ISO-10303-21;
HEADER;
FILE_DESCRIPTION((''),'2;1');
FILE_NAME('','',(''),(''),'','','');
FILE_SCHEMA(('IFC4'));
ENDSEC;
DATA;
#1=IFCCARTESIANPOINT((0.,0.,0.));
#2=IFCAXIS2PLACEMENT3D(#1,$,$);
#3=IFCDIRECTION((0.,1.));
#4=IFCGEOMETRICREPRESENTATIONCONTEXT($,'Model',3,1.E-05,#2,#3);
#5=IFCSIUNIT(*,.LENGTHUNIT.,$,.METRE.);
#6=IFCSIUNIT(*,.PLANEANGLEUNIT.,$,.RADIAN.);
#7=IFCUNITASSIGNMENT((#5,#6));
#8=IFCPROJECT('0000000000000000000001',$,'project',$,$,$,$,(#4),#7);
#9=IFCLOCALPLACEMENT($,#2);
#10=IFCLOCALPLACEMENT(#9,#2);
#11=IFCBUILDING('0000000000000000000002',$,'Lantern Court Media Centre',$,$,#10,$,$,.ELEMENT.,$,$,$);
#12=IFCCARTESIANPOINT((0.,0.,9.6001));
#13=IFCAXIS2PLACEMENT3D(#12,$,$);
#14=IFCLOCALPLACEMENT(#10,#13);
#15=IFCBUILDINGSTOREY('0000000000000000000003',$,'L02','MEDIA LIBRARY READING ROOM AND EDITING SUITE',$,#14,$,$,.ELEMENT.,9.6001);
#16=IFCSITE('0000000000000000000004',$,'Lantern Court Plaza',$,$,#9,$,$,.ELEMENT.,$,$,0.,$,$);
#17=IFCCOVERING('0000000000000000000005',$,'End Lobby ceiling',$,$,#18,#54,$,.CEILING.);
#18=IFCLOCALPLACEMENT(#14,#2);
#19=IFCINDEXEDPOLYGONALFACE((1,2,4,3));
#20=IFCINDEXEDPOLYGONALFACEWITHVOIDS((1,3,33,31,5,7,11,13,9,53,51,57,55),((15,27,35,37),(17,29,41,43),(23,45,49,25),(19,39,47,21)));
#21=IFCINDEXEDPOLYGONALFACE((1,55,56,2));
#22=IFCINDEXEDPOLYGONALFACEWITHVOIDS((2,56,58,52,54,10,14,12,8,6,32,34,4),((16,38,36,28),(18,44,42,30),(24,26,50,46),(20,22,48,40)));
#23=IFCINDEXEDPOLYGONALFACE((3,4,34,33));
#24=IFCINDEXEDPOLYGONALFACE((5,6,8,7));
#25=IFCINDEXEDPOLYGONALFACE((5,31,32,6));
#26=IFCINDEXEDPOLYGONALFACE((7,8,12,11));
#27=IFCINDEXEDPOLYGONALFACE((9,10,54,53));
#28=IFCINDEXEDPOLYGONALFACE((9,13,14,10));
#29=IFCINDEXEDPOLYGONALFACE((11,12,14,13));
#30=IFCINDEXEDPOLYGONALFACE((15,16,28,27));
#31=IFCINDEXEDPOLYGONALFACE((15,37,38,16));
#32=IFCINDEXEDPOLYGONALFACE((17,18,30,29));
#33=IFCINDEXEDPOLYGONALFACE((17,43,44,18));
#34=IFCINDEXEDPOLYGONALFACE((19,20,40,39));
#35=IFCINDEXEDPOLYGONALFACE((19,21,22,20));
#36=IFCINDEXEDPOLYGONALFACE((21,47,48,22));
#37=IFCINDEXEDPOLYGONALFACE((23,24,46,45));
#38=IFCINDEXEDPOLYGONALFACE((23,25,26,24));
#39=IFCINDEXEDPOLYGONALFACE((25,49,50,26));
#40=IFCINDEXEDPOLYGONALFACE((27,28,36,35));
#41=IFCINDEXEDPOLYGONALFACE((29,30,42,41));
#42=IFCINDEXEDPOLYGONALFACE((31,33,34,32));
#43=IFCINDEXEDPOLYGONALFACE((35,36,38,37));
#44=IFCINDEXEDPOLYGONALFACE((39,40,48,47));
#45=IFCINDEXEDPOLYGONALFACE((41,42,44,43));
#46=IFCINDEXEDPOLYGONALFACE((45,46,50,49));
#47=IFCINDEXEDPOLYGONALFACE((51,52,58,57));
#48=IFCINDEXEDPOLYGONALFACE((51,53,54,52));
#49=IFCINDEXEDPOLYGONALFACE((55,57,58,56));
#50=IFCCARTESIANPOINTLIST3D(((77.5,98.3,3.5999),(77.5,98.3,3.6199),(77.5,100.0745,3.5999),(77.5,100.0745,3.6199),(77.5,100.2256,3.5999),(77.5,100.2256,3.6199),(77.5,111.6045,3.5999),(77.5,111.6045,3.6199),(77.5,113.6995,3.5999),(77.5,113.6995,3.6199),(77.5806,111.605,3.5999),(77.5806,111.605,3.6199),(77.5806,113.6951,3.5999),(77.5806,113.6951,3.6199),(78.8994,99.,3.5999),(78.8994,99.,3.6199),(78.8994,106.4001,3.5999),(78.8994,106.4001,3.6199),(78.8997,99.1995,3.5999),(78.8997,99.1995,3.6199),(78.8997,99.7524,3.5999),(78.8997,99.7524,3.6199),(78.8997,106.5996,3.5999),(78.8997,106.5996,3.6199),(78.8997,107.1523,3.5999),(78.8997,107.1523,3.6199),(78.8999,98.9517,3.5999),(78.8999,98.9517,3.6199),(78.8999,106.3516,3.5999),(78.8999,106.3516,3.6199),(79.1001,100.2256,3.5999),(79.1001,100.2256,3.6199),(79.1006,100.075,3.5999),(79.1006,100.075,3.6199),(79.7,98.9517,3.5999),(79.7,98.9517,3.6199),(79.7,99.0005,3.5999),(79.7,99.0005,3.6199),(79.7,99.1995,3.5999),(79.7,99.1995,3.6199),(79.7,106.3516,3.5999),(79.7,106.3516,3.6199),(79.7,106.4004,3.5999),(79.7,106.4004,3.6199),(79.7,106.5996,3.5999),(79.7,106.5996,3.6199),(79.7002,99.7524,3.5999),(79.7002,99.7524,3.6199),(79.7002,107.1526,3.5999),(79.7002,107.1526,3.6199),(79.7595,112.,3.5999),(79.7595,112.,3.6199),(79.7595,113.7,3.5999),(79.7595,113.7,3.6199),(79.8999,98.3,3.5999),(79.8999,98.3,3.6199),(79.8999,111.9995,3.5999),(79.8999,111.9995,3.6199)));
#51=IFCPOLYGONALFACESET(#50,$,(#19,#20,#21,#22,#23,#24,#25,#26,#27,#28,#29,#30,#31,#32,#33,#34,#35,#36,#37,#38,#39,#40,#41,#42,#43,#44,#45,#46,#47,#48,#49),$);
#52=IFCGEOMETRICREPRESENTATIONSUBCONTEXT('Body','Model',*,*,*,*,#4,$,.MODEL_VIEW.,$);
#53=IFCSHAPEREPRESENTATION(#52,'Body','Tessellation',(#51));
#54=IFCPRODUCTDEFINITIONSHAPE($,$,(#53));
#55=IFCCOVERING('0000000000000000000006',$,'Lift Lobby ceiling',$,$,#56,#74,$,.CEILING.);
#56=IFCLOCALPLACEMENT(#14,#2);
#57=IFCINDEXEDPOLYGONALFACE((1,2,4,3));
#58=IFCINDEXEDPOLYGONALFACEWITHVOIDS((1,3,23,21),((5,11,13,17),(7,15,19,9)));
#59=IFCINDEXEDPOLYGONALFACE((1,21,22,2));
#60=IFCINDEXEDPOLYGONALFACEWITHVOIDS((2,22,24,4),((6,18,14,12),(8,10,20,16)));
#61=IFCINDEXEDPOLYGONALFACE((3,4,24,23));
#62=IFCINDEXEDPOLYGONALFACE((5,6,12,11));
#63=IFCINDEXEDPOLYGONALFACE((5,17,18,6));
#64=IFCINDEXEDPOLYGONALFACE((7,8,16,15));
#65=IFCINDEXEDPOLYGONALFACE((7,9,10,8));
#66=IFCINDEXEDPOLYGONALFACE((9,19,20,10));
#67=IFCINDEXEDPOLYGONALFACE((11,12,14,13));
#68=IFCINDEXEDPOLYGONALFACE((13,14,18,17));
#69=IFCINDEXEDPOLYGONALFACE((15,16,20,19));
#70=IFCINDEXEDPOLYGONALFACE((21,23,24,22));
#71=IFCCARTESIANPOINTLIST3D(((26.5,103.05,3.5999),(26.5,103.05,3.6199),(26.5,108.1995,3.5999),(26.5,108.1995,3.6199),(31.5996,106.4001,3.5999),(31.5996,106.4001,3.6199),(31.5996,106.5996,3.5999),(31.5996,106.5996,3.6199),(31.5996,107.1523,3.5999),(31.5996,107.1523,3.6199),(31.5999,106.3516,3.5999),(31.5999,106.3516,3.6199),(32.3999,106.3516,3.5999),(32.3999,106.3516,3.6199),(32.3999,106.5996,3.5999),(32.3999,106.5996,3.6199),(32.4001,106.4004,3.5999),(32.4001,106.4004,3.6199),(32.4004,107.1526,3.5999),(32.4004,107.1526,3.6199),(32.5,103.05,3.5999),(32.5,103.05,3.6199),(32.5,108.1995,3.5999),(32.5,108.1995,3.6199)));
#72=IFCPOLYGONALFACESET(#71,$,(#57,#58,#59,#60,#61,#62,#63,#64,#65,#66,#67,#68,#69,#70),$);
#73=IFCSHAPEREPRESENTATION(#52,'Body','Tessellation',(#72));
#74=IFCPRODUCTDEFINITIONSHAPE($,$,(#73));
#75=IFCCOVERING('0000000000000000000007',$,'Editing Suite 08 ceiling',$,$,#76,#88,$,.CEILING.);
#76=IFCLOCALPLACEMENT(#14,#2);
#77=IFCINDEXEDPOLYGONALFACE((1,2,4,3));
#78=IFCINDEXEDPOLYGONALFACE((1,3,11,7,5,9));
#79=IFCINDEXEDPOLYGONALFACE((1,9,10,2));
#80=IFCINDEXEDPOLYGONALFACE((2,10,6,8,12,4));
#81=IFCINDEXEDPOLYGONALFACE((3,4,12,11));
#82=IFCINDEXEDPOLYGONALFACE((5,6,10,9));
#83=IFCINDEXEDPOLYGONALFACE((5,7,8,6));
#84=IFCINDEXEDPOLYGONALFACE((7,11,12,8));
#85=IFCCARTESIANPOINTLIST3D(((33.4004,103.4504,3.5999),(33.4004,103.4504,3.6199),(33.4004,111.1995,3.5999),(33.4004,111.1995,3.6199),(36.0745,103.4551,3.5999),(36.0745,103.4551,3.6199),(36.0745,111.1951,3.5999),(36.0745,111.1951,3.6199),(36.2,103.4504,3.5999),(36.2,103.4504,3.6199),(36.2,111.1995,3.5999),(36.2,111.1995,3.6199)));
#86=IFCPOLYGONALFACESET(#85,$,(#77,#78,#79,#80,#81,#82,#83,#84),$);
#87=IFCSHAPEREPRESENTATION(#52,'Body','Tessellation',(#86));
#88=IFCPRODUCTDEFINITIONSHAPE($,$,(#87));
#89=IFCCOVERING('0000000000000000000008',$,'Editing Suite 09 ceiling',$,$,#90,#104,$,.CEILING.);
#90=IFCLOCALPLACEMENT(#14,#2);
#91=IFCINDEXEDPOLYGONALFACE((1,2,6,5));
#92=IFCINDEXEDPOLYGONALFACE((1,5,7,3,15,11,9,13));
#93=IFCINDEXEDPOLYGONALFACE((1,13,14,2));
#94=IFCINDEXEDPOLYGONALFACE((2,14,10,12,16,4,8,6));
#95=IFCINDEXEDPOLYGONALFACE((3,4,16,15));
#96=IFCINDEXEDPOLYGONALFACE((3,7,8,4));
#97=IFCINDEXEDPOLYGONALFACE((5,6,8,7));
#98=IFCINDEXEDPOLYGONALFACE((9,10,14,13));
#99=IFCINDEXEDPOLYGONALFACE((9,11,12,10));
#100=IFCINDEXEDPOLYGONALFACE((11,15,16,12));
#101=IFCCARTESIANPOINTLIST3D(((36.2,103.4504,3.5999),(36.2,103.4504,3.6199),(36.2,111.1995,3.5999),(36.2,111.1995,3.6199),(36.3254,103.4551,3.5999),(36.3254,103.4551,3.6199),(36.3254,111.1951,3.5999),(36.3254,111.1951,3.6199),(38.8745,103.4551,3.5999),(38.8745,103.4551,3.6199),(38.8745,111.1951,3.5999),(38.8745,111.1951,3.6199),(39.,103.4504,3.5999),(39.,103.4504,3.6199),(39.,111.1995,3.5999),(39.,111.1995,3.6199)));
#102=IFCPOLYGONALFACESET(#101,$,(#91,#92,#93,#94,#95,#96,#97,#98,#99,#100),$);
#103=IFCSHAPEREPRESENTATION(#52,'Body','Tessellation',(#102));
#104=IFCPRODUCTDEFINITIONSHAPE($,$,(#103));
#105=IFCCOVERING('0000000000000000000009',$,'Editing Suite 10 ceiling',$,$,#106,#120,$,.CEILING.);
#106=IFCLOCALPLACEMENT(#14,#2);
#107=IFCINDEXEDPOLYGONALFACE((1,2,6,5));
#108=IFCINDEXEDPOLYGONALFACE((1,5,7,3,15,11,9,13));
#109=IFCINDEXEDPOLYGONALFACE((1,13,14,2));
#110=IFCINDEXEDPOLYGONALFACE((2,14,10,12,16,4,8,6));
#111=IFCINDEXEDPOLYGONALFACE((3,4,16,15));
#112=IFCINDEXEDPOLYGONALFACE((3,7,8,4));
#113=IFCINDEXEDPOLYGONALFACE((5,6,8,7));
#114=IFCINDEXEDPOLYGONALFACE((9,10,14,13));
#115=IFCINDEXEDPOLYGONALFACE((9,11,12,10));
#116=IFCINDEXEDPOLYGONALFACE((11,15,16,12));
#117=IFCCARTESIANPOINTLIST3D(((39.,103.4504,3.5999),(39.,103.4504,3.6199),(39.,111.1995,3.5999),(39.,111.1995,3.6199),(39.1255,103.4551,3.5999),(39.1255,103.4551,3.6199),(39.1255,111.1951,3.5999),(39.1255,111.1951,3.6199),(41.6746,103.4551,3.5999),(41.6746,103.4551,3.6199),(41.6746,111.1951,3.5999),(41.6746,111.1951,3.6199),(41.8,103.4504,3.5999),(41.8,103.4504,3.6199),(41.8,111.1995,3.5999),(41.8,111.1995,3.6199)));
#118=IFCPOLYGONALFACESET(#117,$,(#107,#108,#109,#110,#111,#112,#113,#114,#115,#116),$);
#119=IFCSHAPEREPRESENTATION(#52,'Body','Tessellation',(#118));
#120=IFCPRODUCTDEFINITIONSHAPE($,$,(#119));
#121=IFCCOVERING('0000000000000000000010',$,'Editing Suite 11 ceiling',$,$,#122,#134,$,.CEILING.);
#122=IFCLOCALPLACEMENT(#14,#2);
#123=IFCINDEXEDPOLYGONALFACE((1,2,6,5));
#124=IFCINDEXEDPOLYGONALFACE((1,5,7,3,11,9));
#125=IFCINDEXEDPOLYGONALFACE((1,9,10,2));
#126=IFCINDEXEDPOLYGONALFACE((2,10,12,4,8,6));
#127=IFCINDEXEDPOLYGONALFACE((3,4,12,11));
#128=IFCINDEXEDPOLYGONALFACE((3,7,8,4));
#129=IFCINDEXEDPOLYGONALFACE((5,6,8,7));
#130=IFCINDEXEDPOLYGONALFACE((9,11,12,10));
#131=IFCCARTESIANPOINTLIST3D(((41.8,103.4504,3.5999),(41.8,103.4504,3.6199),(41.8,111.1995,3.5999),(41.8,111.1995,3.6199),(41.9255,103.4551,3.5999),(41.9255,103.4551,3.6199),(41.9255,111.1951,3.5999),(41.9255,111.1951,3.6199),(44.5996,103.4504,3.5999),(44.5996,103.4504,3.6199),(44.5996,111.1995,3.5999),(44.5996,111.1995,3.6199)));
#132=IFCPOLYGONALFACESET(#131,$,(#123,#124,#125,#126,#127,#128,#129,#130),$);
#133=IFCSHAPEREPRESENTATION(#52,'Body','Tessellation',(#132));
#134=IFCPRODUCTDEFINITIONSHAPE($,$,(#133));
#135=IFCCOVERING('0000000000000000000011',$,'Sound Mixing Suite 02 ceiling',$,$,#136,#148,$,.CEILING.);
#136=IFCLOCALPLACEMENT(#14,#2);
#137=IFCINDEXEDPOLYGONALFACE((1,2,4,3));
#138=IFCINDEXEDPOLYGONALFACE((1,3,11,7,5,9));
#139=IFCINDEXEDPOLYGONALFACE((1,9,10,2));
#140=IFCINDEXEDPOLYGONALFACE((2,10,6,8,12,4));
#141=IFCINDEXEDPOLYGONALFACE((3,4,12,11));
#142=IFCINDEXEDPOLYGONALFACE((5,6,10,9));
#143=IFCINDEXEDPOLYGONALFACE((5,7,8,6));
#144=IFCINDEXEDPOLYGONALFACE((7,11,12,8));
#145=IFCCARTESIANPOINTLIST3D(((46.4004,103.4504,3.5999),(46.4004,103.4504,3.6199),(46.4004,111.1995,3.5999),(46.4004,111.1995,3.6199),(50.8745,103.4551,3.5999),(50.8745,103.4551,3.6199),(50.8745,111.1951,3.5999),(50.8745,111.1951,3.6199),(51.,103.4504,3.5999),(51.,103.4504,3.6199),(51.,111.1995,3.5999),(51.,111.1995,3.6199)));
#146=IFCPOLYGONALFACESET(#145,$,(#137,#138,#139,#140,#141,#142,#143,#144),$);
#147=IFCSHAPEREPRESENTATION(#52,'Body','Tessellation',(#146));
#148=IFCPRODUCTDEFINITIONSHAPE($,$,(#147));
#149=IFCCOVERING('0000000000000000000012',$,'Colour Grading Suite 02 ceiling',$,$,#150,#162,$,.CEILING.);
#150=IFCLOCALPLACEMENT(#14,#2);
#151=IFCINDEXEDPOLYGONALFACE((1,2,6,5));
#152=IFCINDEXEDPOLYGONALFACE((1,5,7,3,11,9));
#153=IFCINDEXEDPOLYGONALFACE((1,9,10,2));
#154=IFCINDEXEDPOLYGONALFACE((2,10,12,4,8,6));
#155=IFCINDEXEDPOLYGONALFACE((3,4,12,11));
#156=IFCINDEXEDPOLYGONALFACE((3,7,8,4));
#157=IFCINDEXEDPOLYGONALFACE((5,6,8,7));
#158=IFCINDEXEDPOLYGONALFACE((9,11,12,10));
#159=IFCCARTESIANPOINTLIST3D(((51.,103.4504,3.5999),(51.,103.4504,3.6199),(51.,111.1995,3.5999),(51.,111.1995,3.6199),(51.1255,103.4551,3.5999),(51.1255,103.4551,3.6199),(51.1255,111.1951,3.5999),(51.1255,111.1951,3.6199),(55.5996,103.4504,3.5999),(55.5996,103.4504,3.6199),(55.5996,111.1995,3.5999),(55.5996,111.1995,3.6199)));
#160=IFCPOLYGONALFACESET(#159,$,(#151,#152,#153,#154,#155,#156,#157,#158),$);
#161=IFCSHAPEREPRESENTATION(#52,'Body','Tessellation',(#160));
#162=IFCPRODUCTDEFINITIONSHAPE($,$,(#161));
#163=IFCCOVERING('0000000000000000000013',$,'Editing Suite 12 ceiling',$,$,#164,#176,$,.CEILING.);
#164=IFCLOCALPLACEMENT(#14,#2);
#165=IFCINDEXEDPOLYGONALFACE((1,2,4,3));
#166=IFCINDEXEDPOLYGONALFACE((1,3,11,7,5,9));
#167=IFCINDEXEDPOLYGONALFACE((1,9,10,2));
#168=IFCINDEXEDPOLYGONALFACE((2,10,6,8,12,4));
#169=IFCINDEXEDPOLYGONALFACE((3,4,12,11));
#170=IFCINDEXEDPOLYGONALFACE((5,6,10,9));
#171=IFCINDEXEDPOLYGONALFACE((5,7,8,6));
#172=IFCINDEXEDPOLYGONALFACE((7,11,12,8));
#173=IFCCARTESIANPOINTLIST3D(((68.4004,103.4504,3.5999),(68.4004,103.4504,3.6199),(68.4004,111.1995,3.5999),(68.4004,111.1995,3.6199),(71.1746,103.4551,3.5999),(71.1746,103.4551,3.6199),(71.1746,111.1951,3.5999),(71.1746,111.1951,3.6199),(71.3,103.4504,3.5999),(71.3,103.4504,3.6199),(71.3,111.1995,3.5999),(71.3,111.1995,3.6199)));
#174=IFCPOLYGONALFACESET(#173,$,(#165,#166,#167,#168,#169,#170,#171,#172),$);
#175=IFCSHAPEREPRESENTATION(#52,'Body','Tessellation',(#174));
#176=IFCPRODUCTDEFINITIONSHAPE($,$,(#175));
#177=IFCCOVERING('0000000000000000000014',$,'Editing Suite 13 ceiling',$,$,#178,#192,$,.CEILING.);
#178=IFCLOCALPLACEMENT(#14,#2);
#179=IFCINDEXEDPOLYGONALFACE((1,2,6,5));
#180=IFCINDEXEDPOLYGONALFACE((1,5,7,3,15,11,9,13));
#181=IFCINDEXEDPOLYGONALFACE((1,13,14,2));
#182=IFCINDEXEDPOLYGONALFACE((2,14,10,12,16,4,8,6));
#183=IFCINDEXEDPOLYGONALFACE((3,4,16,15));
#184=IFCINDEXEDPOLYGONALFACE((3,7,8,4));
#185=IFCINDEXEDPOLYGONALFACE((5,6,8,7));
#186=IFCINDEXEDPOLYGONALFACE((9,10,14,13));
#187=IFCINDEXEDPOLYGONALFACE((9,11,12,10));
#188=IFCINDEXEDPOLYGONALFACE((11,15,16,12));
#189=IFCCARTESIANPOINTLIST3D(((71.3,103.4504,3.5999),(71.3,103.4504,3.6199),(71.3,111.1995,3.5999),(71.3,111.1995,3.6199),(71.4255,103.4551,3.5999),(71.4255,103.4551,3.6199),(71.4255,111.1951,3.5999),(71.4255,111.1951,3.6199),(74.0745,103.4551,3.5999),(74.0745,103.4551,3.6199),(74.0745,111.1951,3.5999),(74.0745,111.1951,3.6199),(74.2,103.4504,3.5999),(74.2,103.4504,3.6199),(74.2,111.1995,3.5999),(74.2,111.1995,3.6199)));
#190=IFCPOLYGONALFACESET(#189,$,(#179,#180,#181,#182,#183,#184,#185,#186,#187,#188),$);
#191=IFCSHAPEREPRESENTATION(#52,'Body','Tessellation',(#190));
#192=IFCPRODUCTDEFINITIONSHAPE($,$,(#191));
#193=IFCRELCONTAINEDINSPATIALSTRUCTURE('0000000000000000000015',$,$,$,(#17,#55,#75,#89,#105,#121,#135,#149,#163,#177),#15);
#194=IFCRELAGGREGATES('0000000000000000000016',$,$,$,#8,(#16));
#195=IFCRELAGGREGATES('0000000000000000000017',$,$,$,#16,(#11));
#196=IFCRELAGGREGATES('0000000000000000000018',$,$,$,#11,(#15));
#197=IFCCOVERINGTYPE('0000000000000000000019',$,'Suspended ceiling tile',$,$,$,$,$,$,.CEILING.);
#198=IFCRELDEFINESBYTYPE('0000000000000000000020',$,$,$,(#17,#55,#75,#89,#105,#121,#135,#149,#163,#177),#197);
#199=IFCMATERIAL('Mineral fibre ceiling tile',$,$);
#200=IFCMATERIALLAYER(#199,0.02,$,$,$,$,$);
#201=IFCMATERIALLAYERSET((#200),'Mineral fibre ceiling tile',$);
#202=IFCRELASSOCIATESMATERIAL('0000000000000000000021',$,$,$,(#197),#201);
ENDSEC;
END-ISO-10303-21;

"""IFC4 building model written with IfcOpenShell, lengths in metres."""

from ifc_helpers import new_model, si_unit, direction, frame, origin, place, context, subcontext, project, spatial, polyline, outline, extrude, material, layer, layer_set, type_object, element, save


model = new_model("IFC4")

# Units and contexts
model_context = context("Model", 3, precision=1e-05, world=origin(), true_north=direction((0.0, 1.0)))
body_context = subcontext(model_context, "Body", "Model", "MODEL_VIEW")
ifc_project = project(units=[si_unit("LENGTHUNIT", "METRE"), si_unit("PLANEANGLEUNIT", "RADIAN")], contexts=[model_context])

# Site, building, storey
site_placement = place(None, origin())
site = spatial("IfcSite", under=ifc_project, at=site_placement, Name="Lantern Court Plaza", CompositionType="ELEMENT", RefElevation=0.0)
building_placement = place(site_placement, origin())
building = spatial("IfcBuilding", under=site, at=building_placement, Name="Lantern Court Media Centre", CompositionType="ELEMENT")
storey_placement = place(building_placement, frame((0.0, 0.0, 9.6001)))
storey = spatial("IfcBuildingStorey", under=building, at=storey_placement, Name="L02", Description="MEDIA LIBRARY READING ROOM AND EDITING SUITE", CompositionType="ELEMENT", Elevation=9.6001)

# Coverings
ifc_material = material(Name="Mineral fibre ceiling tile")
ifc_layer = layer(ifc_material, 0.02)
ifc_layer_set = layer_set([ifc_layer], Name="Mineral fibre ceiling tile")
covering_type = type_object("IfcCoveringType", Name="Suspended ceiling tile", PredefinedType="CEILING", material=ifc_layer_set)
covering_1_placement = place(storey_placement, frame((0.0, 0.0, 3.5999)))
element("IfcCovering", 1, at=covering_1_placement, inside=storey, type_object=covering_type, Name="End Lobby ceiling", PredefinedType="CEILING", context=body_context, shape_type="SweptSolid", body=[
    extrude(outline(polyline([(79.8999, 98.3), (77.5, 98.3), (77.5, 100.0745), (79.1006, 100.075), (79.1001, 100.2256), (77.5, 100.2256), (77.5, 111.6045), (77.5806, 111.605), (77.5806, 113.6951), (77.5, 113.6995), (79.7595, 113.7), (79.7595, 112.0), (79.8999, 111.9995), (79.8999, 98.3)]), holes=[polyline([(79.7, 98.9517), (79.7, 99.0005), (78.8994, 99.0), (78.8999, 98.9517), (79.7, 98.9517)]), polyline([(79.7, 99.1995), (79.7002, 99.7524), (78.8997, 99.7524), (78.8997, 99.1995), (79.7, 99.1995)]), polyline([(79.7, 106.3516), (79.7, 106.4004), (78.8994, 106.4001), (78.8999, 106.3516), (79.7, 106.3516)]), polyline([(79.7, 106.5996), (79.7002, 107.1526), (78.8997, 107.1523), (78.8997, 106.5996), (79.7, 106.5996)])]), origin(), (0.0, 0.0, 1.0), 0.02),
])
covering_2_placement = place(storey_placement, frame((0.0, 0.0, 3.5999)))
element("IfcCovering", 2, at=covering_2_placement, inside=storey, type_object=covering_type, Name="Lift Lobby ceiling", PredefinedType="CEILING", context=body_context, shape_type="SweptSolid", body=[
    extrude(outline(polyline([(32.5, 103.05), (26.5, 103.05), (26.5, 108.1995), (32.5, 108.1995), (32.5, 103.05)]), holes=[polyline([(32.3999, 106.5996), (32.4004, 107.1526), (31.5996, 107.1523), (31.5996, 106.5996), (32.3999, 106.5996)]), polyline([(32.3999, 106.3516), (32.4001, 106.4004), (31.5996, 106.4001), (31.5999, 106.3516), (32.3999, 106.3516)])]), origin(), (0.0, 0.0, 1.0), 0.02),
])
covering_3_placement = place(storey_placement, frame((0.0, 0.0, 3.5999)))
element("IfcCovering", 3, at=covering_3_placement, inside=storey, type_object=covering_type, Name="Editing Suite 08 ceiling", PredefinedType="CEILING", context=body_context, shape_type="SweptSolid", body=[
    extrude(outline(polyline([(36.2, 103.4504), (33.4004, 103.4504), (33.4004, 111.1995), (36.2, 111.1995), (36.0745, 111.1951), (36.0745, 103.4551), (36.2, 103.4504)])), origin(), (0.0, 0.0, 1.0), 0.02),
])
covering_4_placement = place(storey_placement, frame((0.0, 0.0, 3.5999)))
element("IfcCovering", 4, at=covering_4_placement, inside=storey, type_object=covering_type, Name="Editing Suite 09 ceiling", PredefinedType="CEILING", context=body_context, shape_type="SweptSolid", body=[
    extrude(outline(polyline([(39.0, 103.4504), (36.2, 103.4504), (36.3254, 103.4551), (36.3254, 111.1951), (36.2, 111.1995), (39.0, 111.1995), (38.8745, 111.1951), (38.8745, 103.4551), (39.0, 103.4504)])), origin(), (0.0, 0.0, 1.0), 0.02),
])
covering_5_placement = place(storey_placement, frame((0.0, 0.0, 3.5999)))
element("IfcCovering", 5, at=covering_5_placement, inside=storey, type_object=covering_type, Name="Editing Suite 10 ceiling", PredefinedType="CEILING", context=body_context, shape_type="SweptSolid", body=[
    extrude(outline(polyline([(41.8, 103.4504), (39.0, 103.4504), (39.1255, 103.4551), (39.1255, 111.1951), (39.0, 111.1995), (41.8, 111.1995), (41.6746, 111.1951), (41.6746, 103.4551), (41.8, 103.4504)])), origin(), (0.0, 0.0, 1.0), 0.02),
])
covering_6_placement = place(storey_placement, frame((0.0, 0.0, 3.5999)))
element("IfcCovering", 6, at=covering_6_placement, inside=storey, type_object=covering_type, Name="Editing Suite 11 ceiling", PredefinedType="CEILING", context=body_context, shape_type="SweptSolid", body=[
    extrude(outline(polyline([(41.8, 111.1995), (44.5996, 111.1995), (44.5996, 103.4504), (41.8, 103.4504), (41.9255, 103.4551), (41.9255, 111.1951), (41.8, 111.1995)])), origin(), (0.0, 0.0, 1.0), 0.02),
])
covering_7_placement = place(storey_placement, frame((0.0, 0.0, 3.5999)))
element("IfcCovering", 7, at=covering_7_placement, inside=storey, type_object=covering_type, Name="Sound Mixing Suite 02 ceiling", PredefinedType="CEILING", context=body_context, shape_type="SweptSolid", body=[
    extrude(outline(polyline([(51.0, 103.4504), (46.4004, 103.4504), (46.4004, 111.1995), (51.0, 111.1995), (50.8745, 111.1951), (50.8745, 103.4551), (51.0, 103.4504)])), origin(), (0.0, 0.0, 1.0), 0.02),
])
covering_8_placement = place(storey_placement, frame((0.0, 0.0, 3.5999)))
element("IfcCovering", 8, at=covering_8_placement, inside=storey, type_object=covering_type, Name="Colour Grading Suite 02 ceiling", PredefinedType="CEILING", context=body_context, shape_type="SweptSolid", body=[
    extrude(outline(polyline([(51.0, 111.1995), (55.5996, 111.1995), (55.5996, 103.4504), (51.0, 103.4504), (51.1255, 103.4551), (51.1255, 111.1951), (51.0, 111.1995)])), origin(), (0.0, 0.0, 1.0), 0.02),
])
covering_9_placement = place(storey_placement, frame((0.0, 0.0, 3.5999)))
element("IfcCovering", 9, at=covering_9_placement, inside=storey, type_object=covering_type, Name="Editing Suite 12 ceiling", PredefinedType="CEILING", context=body_context, shape_type="SweptSolid", body=[
    extrude(outline(polyline([(71.3, 103.4504), (68.4004, 103.4504), (68.4004, 111.1995), (71.3, 111.1995), (71.1746, 111.1951), (71.1746, 103.4551), (71.3, 103.4504)])), origin(), (0.0, 0.0, 1.0), 0.02),
])
covering_10_placement = place(storey_placement, frame((0.0, 0.0, 3.5999)))
element("IfcCovering", 10, at=covering_10_placement, inside=storey, type_object=covering_type, Name="Editing Suite 13 ceiling", PredefinedType="CEILING", context=body_context, shape_type="SweptSolid", body=[
    extrude(outline(polyline([(74.2, 103.4504), (71.3, 103.4504), (71.4255, 103.4551), (71.4255, 111.1951), (71.3, 111.1995), (74.2, 111.1995), (74.0745, 111.1951), (74.0745, 103.4551), (74.2, 103.4504)])), origin(), (0.0, 0.0, 1.0), 0.02),
])

save(model, "model.ifc")
